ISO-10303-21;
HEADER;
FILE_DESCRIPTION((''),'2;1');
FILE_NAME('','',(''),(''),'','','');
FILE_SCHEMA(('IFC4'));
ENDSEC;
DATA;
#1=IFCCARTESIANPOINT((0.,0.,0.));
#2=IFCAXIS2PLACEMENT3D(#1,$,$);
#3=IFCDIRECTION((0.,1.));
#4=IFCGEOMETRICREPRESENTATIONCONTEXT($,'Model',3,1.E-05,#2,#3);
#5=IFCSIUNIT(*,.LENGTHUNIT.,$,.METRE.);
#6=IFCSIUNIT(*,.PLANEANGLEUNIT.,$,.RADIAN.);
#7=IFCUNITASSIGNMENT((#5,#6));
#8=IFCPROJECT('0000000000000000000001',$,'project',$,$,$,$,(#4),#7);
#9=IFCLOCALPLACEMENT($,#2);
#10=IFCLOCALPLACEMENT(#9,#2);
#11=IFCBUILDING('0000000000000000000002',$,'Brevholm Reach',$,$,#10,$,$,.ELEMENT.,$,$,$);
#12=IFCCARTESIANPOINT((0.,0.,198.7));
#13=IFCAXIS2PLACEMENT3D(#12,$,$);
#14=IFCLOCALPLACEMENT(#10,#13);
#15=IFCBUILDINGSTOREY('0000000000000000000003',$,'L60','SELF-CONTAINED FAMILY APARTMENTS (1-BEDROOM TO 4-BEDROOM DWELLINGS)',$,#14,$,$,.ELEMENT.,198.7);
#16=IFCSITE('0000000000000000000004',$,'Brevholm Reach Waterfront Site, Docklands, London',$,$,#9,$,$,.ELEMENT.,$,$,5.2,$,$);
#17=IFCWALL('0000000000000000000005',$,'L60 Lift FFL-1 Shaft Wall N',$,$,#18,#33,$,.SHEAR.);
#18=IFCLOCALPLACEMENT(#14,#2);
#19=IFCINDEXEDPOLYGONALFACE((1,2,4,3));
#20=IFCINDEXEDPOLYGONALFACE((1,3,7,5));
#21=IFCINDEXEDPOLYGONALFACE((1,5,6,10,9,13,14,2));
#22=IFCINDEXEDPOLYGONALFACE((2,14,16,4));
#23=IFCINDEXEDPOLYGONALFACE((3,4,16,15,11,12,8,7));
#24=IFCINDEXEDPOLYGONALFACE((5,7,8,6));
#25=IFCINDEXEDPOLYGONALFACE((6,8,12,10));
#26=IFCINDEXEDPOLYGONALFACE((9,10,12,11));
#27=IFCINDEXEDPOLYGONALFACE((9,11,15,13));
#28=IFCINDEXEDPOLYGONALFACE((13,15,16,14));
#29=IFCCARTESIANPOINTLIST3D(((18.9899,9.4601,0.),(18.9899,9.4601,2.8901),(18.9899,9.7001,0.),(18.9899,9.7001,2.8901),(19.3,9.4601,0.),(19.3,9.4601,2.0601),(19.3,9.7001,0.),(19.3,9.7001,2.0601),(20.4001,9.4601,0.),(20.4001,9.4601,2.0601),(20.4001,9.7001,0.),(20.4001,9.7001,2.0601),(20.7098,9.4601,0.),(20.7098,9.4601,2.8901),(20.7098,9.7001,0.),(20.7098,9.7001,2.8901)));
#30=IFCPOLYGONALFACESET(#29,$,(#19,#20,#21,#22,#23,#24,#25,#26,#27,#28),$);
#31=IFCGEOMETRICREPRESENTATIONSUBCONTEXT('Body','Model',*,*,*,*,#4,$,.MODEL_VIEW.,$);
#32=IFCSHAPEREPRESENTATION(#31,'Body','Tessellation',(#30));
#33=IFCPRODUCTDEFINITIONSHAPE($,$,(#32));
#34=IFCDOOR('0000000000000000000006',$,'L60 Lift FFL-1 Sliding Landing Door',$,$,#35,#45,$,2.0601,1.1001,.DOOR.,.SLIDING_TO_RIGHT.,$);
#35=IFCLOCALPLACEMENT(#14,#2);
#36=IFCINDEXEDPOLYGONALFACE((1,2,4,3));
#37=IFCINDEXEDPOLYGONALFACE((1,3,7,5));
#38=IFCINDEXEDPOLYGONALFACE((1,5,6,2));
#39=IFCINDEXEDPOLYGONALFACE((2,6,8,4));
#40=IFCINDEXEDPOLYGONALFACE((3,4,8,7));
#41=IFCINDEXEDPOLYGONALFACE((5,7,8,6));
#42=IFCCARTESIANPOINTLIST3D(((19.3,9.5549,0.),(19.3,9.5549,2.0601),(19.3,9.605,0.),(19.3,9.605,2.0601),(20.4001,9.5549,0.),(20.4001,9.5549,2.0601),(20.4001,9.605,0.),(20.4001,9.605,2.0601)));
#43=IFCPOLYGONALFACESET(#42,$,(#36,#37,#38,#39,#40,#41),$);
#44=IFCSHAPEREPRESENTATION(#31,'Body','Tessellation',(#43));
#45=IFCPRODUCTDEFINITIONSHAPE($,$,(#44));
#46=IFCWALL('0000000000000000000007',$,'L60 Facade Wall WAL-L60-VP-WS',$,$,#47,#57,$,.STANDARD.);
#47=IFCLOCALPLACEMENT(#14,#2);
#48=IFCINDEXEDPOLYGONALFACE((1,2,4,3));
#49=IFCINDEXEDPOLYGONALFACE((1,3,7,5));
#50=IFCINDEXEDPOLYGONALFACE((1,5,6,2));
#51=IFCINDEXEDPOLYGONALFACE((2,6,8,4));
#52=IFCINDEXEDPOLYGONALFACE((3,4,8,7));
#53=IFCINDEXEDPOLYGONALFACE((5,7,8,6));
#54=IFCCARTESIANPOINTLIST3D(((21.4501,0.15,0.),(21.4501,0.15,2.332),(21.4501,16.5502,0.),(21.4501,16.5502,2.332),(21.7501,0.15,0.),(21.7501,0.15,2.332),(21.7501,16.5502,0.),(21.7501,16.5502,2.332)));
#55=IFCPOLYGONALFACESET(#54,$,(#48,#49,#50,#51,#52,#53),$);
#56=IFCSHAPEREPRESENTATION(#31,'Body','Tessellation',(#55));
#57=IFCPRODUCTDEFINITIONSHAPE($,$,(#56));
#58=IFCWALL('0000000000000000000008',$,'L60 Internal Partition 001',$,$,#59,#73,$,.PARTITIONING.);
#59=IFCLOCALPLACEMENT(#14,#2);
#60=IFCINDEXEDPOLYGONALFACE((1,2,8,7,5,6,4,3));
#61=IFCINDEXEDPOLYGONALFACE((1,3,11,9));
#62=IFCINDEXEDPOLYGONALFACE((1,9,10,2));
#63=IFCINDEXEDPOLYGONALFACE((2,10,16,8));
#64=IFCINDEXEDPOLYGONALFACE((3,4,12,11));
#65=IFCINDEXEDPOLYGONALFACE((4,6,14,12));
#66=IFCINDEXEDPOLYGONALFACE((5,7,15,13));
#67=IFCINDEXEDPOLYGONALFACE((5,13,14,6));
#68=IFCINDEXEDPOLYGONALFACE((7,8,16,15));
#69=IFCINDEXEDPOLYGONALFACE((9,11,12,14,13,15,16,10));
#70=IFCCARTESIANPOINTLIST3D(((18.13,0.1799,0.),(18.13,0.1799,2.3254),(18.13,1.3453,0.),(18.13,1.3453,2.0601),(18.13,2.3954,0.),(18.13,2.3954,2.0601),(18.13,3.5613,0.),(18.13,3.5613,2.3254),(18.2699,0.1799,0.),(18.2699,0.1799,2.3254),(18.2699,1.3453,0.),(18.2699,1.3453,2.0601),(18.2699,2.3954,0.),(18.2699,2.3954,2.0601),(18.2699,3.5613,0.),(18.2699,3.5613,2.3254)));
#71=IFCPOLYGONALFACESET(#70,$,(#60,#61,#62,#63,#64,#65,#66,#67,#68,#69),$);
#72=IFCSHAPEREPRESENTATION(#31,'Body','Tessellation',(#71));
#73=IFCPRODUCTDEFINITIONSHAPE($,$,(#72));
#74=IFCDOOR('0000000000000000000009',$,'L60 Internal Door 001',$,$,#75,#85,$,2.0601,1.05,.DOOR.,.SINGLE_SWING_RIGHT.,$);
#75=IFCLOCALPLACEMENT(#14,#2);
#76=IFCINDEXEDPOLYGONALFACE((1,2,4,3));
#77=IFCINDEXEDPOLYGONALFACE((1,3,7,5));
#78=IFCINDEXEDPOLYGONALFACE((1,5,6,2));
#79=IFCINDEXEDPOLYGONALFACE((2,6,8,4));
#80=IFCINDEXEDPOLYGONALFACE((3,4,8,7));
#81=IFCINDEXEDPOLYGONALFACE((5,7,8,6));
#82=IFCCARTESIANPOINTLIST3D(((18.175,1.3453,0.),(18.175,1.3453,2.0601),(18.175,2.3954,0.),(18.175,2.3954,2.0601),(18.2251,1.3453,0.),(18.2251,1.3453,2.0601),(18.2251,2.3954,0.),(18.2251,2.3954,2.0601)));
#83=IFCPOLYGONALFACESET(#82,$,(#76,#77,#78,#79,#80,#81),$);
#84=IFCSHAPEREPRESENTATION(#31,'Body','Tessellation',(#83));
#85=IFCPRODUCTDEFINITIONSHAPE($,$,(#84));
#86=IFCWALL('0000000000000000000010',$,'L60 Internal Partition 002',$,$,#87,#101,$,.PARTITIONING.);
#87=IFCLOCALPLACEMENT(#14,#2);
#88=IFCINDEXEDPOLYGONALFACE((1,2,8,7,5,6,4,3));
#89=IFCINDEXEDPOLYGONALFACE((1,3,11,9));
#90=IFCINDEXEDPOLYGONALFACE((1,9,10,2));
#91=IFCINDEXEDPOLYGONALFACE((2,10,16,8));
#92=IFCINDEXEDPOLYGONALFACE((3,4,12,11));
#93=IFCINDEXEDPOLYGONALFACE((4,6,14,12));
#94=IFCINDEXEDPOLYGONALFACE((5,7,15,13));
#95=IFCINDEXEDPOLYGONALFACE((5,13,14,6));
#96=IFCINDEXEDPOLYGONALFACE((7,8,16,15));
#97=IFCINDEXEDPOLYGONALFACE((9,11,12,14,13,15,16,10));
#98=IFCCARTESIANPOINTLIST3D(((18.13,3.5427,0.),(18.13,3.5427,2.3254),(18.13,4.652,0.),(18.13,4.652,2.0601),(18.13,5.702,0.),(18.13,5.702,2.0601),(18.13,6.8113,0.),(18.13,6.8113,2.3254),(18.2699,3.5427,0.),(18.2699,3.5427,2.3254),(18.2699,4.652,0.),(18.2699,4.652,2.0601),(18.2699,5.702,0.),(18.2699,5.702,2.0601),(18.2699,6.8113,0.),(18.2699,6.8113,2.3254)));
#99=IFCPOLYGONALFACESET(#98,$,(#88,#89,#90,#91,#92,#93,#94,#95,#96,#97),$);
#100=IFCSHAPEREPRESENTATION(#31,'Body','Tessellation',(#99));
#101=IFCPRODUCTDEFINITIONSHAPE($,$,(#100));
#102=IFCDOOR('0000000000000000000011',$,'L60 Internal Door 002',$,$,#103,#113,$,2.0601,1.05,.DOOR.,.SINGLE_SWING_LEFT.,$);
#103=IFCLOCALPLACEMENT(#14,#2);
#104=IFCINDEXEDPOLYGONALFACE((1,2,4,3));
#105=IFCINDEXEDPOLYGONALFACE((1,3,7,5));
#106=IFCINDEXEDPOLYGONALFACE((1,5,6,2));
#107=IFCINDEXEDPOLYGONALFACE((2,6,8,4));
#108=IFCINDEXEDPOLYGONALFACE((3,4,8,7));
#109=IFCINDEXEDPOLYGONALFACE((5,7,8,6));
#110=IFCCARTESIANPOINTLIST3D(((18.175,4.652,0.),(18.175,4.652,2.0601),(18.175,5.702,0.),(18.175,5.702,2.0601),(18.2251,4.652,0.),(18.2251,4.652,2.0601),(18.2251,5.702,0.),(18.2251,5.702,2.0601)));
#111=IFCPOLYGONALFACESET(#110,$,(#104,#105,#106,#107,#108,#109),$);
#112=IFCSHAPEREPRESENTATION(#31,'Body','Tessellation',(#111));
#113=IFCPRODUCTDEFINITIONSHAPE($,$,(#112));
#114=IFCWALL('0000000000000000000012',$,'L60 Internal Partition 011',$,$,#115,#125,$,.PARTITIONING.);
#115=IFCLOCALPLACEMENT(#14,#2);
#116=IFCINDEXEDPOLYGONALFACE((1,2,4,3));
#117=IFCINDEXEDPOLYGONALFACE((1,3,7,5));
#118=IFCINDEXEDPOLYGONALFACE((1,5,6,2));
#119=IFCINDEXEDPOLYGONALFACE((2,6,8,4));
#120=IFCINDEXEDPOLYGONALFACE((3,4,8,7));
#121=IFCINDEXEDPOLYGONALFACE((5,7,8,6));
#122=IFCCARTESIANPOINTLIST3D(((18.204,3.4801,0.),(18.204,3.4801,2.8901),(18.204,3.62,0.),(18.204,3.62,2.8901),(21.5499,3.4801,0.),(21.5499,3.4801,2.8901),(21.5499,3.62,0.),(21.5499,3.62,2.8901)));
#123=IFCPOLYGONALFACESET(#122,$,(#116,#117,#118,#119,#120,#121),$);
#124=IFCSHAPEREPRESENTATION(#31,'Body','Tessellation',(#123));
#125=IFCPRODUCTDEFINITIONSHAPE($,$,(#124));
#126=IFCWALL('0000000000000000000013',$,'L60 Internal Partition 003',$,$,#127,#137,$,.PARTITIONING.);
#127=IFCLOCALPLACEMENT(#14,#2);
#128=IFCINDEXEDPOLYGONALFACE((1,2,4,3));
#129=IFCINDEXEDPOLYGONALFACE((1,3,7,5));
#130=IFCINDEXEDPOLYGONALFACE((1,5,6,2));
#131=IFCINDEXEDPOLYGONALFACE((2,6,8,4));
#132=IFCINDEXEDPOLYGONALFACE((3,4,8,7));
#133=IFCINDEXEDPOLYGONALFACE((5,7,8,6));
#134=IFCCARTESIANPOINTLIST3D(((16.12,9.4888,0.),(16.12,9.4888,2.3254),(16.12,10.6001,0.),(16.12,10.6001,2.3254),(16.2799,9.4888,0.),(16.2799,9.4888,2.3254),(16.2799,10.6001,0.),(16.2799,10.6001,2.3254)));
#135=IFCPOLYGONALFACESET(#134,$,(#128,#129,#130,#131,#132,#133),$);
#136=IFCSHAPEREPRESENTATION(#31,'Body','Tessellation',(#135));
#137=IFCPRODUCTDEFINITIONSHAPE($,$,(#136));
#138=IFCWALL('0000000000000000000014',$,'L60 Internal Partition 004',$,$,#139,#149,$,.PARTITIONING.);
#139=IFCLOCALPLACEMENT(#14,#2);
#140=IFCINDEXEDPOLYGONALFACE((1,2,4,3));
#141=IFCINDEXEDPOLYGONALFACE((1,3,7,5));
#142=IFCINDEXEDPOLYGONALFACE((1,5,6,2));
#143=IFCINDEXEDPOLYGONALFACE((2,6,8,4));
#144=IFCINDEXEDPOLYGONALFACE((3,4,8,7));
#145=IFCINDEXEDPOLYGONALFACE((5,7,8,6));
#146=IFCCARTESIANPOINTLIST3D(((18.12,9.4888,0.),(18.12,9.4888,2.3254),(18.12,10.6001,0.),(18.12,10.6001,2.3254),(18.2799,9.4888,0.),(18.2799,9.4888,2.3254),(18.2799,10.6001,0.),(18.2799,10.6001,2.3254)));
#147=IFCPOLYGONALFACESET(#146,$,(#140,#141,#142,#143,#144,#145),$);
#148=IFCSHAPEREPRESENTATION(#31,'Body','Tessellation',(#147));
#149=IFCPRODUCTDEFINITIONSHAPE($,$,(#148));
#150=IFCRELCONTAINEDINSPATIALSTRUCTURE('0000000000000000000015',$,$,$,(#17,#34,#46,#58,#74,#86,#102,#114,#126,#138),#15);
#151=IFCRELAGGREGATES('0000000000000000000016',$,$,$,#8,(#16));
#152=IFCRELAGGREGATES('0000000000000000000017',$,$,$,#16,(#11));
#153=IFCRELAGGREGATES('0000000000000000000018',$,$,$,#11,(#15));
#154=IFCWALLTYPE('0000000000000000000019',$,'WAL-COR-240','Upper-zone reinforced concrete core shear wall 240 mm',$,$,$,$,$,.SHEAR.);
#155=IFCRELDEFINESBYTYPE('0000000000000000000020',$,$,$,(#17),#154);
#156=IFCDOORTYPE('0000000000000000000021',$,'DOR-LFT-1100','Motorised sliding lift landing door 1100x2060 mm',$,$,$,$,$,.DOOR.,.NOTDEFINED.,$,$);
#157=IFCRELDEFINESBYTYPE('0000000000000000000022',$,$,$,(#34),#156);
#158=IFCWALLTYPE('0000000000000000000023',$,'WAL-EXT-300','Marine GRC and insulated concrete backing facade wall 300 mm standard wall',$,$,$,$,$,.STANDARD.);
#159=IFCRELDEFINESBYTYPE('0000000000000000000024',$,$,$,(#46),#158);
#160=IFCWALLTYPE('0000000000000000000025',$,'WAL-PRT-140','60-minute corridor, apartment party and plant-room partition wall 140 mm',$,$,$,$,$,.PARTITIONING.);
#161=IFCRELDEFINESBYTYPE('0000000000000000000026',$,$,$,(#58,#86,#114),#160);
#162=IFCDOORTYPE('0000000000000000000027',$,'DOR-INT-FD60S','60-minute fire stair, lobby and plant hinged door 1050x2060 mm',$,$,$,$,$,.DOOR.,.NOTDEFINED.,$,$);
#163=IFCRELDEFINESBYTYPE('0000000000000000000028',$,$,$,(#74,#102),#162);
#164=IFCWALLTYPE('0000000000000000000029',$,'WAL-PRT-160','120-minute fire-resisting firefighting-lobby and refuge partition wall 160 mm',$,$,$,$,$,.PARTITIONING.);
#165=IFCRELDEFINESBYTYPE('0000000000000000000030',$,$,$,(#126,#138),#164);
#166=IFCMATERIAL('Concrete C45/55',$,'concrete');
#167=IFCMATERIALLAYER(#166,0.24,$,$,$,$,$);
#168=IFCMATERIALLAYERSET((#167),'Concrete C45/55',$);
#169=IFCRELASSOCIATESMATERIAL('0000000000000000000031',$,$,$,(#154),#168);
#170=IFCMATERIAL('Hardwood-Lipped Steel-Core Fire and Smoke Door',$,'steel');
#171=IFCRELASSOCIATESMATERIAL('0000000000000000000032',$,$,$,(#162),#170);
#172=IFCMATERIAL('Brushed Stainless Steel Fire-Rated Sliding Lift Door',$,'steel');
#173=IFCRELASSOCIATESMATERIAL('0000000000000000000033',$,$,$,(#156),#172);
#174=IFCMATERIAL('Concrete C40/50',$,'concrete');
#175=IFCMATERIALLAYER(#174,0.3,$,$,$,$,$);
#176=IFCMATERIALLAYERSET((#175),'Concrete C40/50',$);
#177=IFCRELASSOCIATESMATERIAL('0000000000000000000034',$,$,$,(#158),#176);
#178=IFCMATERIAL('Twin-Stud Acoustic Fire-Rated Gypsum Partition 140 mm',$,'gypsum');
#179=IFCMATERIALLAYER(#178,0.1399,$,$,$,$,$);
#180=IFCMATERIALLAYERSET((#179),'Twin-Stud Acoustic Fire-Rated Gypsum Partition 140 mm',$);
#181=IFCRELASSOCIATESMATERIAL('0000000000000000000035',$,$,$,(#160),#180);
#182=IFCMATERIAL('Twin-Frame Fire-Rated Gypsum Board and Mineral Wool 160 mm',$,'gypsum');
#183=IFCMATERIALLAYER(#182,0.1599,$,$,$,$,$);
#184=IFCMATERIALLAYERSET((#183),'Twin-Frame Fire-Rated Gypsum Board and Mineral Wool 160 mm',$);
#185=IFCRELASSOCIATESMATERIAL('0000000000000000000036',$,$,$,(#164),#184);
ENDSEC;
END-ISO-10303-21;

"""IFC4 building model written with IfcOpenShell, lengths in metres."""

from ifc_helpers import new_model, si_unit, direction, frame, frame_2d, origin, place, context, subcontext, project, spatial, rectangle, extrude, material, layer, layer_set, type_object, element, fill, save


model = new_model("IFC4")

# Units and contexts
model_context = context("Model", 3, precision=1e-05, world=origin(), true_north=direction((0.0, 1.0)))
body_context = subcontext(model_context, "Body", "Model", "MODEL_VIEW")
ifc_project = project(units=[si_unit("LENGTHUNIT", "METRE"), si_unit("PLANEANGLEUNIT", "RADIAN")], contexts=[model_context])

# Site, building, storey
site_placement = place(None, origin())
site = spatial("IfcSite", under=ifc_project, at=site_placement, Name="Brevholm Reach Waterfront Site, Docklands, London", CompositionType="ELEMENT", RefElevation=5.2)
building_placement = place(site_placement, origin())
building = spatial("IfcBuilding", under=site, at=building_placement, Name="Brevholm Reach", CompositionType="ELEMENT")
storey_placement = place(building_placement, frame((0.0, 0.0, 198.7)))
storey = spatial("IfcBuildingStorey", under=building, at=storey_placement, Name="L60", Description="SELF-CONTAINED FAMILY APARTMENTS (1-BEDROOM TO 4-BEDROOM DWELLINGS)", CompositionType="ELEMENT", Elevation=198.7)

# Shared definitions
ifc_material_1 = material(Name="Concrete C45/55", Category="concrete")
ifc_layer_1 = layer(ifc_material_1, 0.24)
ifc_layer_set_1 = layer_set([ifc_layer_1], Name="Concrete C45/55")
wall_type_1 = type_object("IfcWallType", Name="WAL-COR-240", Description="Upper-zone reinforced concrete core shear wall 240 mm", PredefinedType="SHEAR", material=ifc_layer_set_1)

# Shared definitions
ifc_material_2 = material(Name="Hardwood-Lipped Steel-Core Fire and Smoke Door", Category="steel")
door_type_1 = type_object("IfcDoorType", Name="DOR-INT-FD60S", Description="60-minute fire stair, lobby and plant hinged door 1050x2060 mm", OperationType="NOTDEFINED", PredefinedType="DOOR", material=ifc_material_2)

# Wall, opening, door
wall_1_placement = place(storey_placement, frame((18.99, 9.5801, 0.0), z_axis=(0.0, 0.0, 1.0), x_axis=(1.0, 0.0, 0.0)))
wall_1 = element("IfcWall", 1, at=wall_1_placement, inside=storey, type_object=wall_type_1, Name="L60 Lift FFL-1 Shaft Wall N", PredefinedType="SHEAR", context=body_context, shape_type="SweptSolid", body=[
    extrude(rectangle(XDim=1.72, YDim=0.24, at=frame_2d((0.8599, 0.0))), origin(), (0.0, 0.0, 1.0), 2.8901),
])
opening_1_placement = place(wall_1_placement, frame((0.3101, 0.0, 0.0)))
opening_1 = element("IfcOpeningElement", 2, at=opening_1_placement, cuts=wall_1, PredefinedType="OPENING", context=body_context, shape_type="SweptSolid", body=[
    extrude(rectangle(XDim=1.1001, YDim=2.0601, at=frame_2d((0.55, 1.03))), frame((0.0, 0.1299, 0.0), z_axis=(0.0, -1.0, 0.0), x_axis=(1.0, 0.0, 0.0)), (0.0, 0.0, 1.0), 0.26),
])
ifc_material_3 = material(Name="Brushed Stainless Steel Fire-Rated Sliding Lift Door", Category="steel")
door_type_2 = type_object("IfcDoorType", Name="DOR-LFT-1100", Description="Motorised sliding lift landing door 1100x2060 mm", OperationType="NOTDEFINED", PredefinedType="DOOR", material=ifc_material_3)
door_1_placement = place(opening_1_placement, origin())
door_1 = element("IfcDoor", 3, at=door_1_placement, inside=storey, type_object=door_type_2, Name="L60 Lift FFL-1 Sliding Landing Door", OperationType="SLIDING_TO_RIGHT", OverallHeight=2.0601, OverallWidth=1.1001, PredefinedType="DOOR", context=body_context, shape_type="SweptSolid", body=[
    extrude(rectangle(XDim=1.1001, YDim=2.0601, at=frame_2d((0.55, 1.03))), frame((0.0, 0.0249, 0.0), z_axis=(0.0, -1.0, 0.0), x_axis=(1.0, 0.0, 0.0)), (0.0, 0.0, 1.0), 0.05),
])
fill(opening_1, door_1)

# Wall
ifc_material_4 = material(Name="Concrete C40/50", Category="concrete")
ifc_layer_2 = layer(ifc_material_4, 0.3)
ifc_layer_set_2 = layer_set([ifc_layer_2], Name="Concrete C40/50")
wall_type_2 = type_object("IfcWallType", Name="WAL-EXT-300", Description="Marine GRC and insulated concrete backing facade wall 300 mm standard wall", PredefinedType="STANDARD", material=ifc_layer_set_2)
wall_2_placement = place(storey_placement, frame((21.6001, 0.1499, 0.0), z_axis=(0.0, 0.0, 1.0), x_axis=(0.0, 1.0, 0.0)))
element("IfcWall", 4, at=wall_2_placement, inside=storey, type_object=wall_type_2, Name="L60 Facade Wall WAL-L60-VP-WS", PredefinedType="STANDARD", context=body_context, shape_type="SweptSolid", body=[
    extrude(rectangle(XDim=16.4001, YDim=0.3, at=frame_2d((8.2002, 0.0))), origin(), (0.0, 0.0, 1.0), 2.332),
])

# Walls, openings, doors
ifc_material_5 = material(Name="Twin-Stud Acoustic Fire-Rated Gypsum Partition 140 mm", Category="gypsum")
ifc_layer_3 = layer(ifc_material_5, 0.1399)
ifc_layer_set_3 = layer_set([ifc_layer_3], Name="Twin-Stud Acoustic Fire-Rated Gypsum Partition 140 mm")
wall_type_3 = type_object("IfcWallType", Name="WAL-PRT-140", Description="60-minute corridor, apartment party and plant-room partition wall 140 mm", PredefinedType="PARTITIONING", material=ifc_layer_set_3)
wall_3_placement = place(storey_placement, frame((18.2, 0.1799, 0.0), z_axis=(0.0, 0.0, 1.0), x_axis=(0.0, 1.0, 0.0)))
wall_3 = element("IfcWall", 5, at=wall_3_placement, inside=storey, type_object=wall_type_3, Name="L60 Internal Partition 001", PredefinedType="PARTITIONING", context=body_context, shape_type="SweptSolid", body=[
    extrude(rectangle(XDim=3.3813, YDim=0.1399, at=frame_2d((1.6907, 0.0))), origin(), (0.0, 0.0, 1.0), 2.3254),
])
opening_2_placement = place(wall_3_placement, frame((1.1655, 0.0, 0.0)))
opening_2 = element("IfcOpeningElement", 6, at=opening_2_placement, cuts=wall_3, PredefinedType="OPENING", context=body_context, shape_type="SweptSolid", body=[
    extrude(rectangle(XDim=1.05, YDim=2.0601, at=frame_2d((0.5249, 1.03))), frame((0.0, 0.0798, 0.0), z_axis=(0.0, -1.0, 0.0), x_axis=(1.0, 0.0, 0.0)), (0.0, 0.0, 1.0), 0.1599),
])
door_2_placement = place(opening_2_placement, origin())
door_2 = element("IfcDoor", 7, at=door_2_placement, inside=storey, type_object=door_type_1, Name="L60 Internal Door 001", OperationType="SINGLE_SWING_RIGHT", OverallHeight=2.0601, OverallWidth=1.05, PredefinedType="DOOR", context=body_context, shape_type="SweptSolid", body=[
    extrude(rectangle(XDim=1.05, YDim=2.0601, at=frame_2d((0.5249, 1.03))), frame((0.0, 0.0249, 0.0), z_axis=(0.0, -1.0, 0.0), x_axis=(1.0, 0.0, 0.0)), (0.0, 0.0, 1.0), 0.05),
])
fill(opening_2, door_2)
wall_4_placement = place(storey_placement, frame((18.2, 3.5427, 0.0), z_axis=(0.0, 0.0, 1.0), x_axis=(0.0, 1.0, 0.0)))
wall_4 = element("IfcWall", 8, at=wall_4_placement, inside=storey, type_object=wall_type_3, Name="L60 Internal Partition 002", PredefinedType="PARTITIONING", context=body_context, shape_type="SweptSolid", body=[
    extrude(rectangle(XDim=3.2686, YDim=0.1399, at=frame_2d((1.6343, 0.0))), origin(), (0.0, 0.0, 1.0), 2.3254),
])
opening_3_placement = place(wall_4_placement, frame((1.1094, 0.0, 0.0)))
opening_3 = element("IfcOpeningElement", 9, at=opening_3_placement, cuts=wall_4, PredefinedType="OPENING", context=body_context, shape_type="SweptSolid", body=[
    extrude(rectangle(XDim=1.05, YDim=2.0601, at=frame_2d((0.5249, 1.03))), frame((0.0, 0.0798, 0.0), z_axis=(0.0, -1.0, 0.0), x_axis=(1.0, 0.0, 0.0)), (0.0, 0.0, 1.0), 0.1599),
])
door_3_placement = place(opening_3_placement, origin())
door_3 = element("IfcDoor", 10, at=door_3_placement, inside=storey, type_object=door_type_1, Name="L60 Internal Door 002", OperationType="SINGLE_SWING_LEFT", OverallHeight=2.0601, OverallWidth=1.05, PredefinedType="DOOR", context=body_context, shape_type="SweptSolid", body=[
    extrude(rectangle(XDim=1.05, YDim=2.0601, at=frame_2d((0.5249, 1.03))), frame((0.0, 0.0249, 0.0), z_axis=(0.0, -1.0, 0.0), x_axis=(1.0, 0.0, 0.0)), (0.0, 0.0, 1.0), 0.05),
])
fill(opening_3, door_3)

# Walls
wall_5_placement = place(storey_placement, frame((18.2041, 3.55, 0.0), z_axis=(0.0, 0.0, 1.0), x_axis=(1.0, 0.0, 0.0)))
element("IfcWall", 11, at=wall_5_placement, inside=storey, type_object=wall_type_3, Name="L60 Internal Partition 011", PredefinedType="PARTITIONING", context=body_context, shape_type="SweptSolid", body=[
    extrude(rectangle(XDim=3.3459, YDim=0.1399, at=frame_2d((1.6729, 0.0))), origin(), (0.0, 0.0, 1.0), 2.8901),
])
ifc_material_6 = material(Name="Twin-Frame Fire-Rated Gypsum Board and Mineral Wool 160 mm", Category="gypsum")
ifc_layer_4 = layer(ifc_material_6, 0.1599)
ifc_layer_set_4 = layer_set([ifc_layer_4], Name="Twin-Frame Fire-Rated Gypsum Board and Mineral Wool 160 mm")
wall_type_4 = type_object("IfcWallType", Name="WAL-PRT-160", Description="120-minute fire-resisting firefighting-lobby and refuge partition wall 160 mm", PredefinedType="PARTITIONING", material=ifc_layer_set_4)
for number, where, z_axis, x_axis, name in (
    (12, (16.2, 9.4888, 0.0), (0.0, 0.0, 1.0), (0.0, 1.0, 0.0), "L60 Internal Partition 003"),
    (13, (18.2, 9.4888, 0.0), (0.0, 0.0, 1.0), (0.0, 1.0, 0.0), "L60 Internal Partition 004"),
):
    element("IfcWall", number, at=place(storey_placement, frame(where, z_axis=z_axis, x_axis=x_axis)), inside=storey, type_object=wall_type_4, Name=name, PredefinedType="PARTITIONING", context=body_context, shape_type="SweptSolid", body=[
        extrude(rectangle(XDim=1.1113, YDim=0.1599, at=frame_2d((0.5557, 0.0))), origin(), (0.0, 0.0, 1.0), 2.3254),
    ])

save(model, "model.ifc")
